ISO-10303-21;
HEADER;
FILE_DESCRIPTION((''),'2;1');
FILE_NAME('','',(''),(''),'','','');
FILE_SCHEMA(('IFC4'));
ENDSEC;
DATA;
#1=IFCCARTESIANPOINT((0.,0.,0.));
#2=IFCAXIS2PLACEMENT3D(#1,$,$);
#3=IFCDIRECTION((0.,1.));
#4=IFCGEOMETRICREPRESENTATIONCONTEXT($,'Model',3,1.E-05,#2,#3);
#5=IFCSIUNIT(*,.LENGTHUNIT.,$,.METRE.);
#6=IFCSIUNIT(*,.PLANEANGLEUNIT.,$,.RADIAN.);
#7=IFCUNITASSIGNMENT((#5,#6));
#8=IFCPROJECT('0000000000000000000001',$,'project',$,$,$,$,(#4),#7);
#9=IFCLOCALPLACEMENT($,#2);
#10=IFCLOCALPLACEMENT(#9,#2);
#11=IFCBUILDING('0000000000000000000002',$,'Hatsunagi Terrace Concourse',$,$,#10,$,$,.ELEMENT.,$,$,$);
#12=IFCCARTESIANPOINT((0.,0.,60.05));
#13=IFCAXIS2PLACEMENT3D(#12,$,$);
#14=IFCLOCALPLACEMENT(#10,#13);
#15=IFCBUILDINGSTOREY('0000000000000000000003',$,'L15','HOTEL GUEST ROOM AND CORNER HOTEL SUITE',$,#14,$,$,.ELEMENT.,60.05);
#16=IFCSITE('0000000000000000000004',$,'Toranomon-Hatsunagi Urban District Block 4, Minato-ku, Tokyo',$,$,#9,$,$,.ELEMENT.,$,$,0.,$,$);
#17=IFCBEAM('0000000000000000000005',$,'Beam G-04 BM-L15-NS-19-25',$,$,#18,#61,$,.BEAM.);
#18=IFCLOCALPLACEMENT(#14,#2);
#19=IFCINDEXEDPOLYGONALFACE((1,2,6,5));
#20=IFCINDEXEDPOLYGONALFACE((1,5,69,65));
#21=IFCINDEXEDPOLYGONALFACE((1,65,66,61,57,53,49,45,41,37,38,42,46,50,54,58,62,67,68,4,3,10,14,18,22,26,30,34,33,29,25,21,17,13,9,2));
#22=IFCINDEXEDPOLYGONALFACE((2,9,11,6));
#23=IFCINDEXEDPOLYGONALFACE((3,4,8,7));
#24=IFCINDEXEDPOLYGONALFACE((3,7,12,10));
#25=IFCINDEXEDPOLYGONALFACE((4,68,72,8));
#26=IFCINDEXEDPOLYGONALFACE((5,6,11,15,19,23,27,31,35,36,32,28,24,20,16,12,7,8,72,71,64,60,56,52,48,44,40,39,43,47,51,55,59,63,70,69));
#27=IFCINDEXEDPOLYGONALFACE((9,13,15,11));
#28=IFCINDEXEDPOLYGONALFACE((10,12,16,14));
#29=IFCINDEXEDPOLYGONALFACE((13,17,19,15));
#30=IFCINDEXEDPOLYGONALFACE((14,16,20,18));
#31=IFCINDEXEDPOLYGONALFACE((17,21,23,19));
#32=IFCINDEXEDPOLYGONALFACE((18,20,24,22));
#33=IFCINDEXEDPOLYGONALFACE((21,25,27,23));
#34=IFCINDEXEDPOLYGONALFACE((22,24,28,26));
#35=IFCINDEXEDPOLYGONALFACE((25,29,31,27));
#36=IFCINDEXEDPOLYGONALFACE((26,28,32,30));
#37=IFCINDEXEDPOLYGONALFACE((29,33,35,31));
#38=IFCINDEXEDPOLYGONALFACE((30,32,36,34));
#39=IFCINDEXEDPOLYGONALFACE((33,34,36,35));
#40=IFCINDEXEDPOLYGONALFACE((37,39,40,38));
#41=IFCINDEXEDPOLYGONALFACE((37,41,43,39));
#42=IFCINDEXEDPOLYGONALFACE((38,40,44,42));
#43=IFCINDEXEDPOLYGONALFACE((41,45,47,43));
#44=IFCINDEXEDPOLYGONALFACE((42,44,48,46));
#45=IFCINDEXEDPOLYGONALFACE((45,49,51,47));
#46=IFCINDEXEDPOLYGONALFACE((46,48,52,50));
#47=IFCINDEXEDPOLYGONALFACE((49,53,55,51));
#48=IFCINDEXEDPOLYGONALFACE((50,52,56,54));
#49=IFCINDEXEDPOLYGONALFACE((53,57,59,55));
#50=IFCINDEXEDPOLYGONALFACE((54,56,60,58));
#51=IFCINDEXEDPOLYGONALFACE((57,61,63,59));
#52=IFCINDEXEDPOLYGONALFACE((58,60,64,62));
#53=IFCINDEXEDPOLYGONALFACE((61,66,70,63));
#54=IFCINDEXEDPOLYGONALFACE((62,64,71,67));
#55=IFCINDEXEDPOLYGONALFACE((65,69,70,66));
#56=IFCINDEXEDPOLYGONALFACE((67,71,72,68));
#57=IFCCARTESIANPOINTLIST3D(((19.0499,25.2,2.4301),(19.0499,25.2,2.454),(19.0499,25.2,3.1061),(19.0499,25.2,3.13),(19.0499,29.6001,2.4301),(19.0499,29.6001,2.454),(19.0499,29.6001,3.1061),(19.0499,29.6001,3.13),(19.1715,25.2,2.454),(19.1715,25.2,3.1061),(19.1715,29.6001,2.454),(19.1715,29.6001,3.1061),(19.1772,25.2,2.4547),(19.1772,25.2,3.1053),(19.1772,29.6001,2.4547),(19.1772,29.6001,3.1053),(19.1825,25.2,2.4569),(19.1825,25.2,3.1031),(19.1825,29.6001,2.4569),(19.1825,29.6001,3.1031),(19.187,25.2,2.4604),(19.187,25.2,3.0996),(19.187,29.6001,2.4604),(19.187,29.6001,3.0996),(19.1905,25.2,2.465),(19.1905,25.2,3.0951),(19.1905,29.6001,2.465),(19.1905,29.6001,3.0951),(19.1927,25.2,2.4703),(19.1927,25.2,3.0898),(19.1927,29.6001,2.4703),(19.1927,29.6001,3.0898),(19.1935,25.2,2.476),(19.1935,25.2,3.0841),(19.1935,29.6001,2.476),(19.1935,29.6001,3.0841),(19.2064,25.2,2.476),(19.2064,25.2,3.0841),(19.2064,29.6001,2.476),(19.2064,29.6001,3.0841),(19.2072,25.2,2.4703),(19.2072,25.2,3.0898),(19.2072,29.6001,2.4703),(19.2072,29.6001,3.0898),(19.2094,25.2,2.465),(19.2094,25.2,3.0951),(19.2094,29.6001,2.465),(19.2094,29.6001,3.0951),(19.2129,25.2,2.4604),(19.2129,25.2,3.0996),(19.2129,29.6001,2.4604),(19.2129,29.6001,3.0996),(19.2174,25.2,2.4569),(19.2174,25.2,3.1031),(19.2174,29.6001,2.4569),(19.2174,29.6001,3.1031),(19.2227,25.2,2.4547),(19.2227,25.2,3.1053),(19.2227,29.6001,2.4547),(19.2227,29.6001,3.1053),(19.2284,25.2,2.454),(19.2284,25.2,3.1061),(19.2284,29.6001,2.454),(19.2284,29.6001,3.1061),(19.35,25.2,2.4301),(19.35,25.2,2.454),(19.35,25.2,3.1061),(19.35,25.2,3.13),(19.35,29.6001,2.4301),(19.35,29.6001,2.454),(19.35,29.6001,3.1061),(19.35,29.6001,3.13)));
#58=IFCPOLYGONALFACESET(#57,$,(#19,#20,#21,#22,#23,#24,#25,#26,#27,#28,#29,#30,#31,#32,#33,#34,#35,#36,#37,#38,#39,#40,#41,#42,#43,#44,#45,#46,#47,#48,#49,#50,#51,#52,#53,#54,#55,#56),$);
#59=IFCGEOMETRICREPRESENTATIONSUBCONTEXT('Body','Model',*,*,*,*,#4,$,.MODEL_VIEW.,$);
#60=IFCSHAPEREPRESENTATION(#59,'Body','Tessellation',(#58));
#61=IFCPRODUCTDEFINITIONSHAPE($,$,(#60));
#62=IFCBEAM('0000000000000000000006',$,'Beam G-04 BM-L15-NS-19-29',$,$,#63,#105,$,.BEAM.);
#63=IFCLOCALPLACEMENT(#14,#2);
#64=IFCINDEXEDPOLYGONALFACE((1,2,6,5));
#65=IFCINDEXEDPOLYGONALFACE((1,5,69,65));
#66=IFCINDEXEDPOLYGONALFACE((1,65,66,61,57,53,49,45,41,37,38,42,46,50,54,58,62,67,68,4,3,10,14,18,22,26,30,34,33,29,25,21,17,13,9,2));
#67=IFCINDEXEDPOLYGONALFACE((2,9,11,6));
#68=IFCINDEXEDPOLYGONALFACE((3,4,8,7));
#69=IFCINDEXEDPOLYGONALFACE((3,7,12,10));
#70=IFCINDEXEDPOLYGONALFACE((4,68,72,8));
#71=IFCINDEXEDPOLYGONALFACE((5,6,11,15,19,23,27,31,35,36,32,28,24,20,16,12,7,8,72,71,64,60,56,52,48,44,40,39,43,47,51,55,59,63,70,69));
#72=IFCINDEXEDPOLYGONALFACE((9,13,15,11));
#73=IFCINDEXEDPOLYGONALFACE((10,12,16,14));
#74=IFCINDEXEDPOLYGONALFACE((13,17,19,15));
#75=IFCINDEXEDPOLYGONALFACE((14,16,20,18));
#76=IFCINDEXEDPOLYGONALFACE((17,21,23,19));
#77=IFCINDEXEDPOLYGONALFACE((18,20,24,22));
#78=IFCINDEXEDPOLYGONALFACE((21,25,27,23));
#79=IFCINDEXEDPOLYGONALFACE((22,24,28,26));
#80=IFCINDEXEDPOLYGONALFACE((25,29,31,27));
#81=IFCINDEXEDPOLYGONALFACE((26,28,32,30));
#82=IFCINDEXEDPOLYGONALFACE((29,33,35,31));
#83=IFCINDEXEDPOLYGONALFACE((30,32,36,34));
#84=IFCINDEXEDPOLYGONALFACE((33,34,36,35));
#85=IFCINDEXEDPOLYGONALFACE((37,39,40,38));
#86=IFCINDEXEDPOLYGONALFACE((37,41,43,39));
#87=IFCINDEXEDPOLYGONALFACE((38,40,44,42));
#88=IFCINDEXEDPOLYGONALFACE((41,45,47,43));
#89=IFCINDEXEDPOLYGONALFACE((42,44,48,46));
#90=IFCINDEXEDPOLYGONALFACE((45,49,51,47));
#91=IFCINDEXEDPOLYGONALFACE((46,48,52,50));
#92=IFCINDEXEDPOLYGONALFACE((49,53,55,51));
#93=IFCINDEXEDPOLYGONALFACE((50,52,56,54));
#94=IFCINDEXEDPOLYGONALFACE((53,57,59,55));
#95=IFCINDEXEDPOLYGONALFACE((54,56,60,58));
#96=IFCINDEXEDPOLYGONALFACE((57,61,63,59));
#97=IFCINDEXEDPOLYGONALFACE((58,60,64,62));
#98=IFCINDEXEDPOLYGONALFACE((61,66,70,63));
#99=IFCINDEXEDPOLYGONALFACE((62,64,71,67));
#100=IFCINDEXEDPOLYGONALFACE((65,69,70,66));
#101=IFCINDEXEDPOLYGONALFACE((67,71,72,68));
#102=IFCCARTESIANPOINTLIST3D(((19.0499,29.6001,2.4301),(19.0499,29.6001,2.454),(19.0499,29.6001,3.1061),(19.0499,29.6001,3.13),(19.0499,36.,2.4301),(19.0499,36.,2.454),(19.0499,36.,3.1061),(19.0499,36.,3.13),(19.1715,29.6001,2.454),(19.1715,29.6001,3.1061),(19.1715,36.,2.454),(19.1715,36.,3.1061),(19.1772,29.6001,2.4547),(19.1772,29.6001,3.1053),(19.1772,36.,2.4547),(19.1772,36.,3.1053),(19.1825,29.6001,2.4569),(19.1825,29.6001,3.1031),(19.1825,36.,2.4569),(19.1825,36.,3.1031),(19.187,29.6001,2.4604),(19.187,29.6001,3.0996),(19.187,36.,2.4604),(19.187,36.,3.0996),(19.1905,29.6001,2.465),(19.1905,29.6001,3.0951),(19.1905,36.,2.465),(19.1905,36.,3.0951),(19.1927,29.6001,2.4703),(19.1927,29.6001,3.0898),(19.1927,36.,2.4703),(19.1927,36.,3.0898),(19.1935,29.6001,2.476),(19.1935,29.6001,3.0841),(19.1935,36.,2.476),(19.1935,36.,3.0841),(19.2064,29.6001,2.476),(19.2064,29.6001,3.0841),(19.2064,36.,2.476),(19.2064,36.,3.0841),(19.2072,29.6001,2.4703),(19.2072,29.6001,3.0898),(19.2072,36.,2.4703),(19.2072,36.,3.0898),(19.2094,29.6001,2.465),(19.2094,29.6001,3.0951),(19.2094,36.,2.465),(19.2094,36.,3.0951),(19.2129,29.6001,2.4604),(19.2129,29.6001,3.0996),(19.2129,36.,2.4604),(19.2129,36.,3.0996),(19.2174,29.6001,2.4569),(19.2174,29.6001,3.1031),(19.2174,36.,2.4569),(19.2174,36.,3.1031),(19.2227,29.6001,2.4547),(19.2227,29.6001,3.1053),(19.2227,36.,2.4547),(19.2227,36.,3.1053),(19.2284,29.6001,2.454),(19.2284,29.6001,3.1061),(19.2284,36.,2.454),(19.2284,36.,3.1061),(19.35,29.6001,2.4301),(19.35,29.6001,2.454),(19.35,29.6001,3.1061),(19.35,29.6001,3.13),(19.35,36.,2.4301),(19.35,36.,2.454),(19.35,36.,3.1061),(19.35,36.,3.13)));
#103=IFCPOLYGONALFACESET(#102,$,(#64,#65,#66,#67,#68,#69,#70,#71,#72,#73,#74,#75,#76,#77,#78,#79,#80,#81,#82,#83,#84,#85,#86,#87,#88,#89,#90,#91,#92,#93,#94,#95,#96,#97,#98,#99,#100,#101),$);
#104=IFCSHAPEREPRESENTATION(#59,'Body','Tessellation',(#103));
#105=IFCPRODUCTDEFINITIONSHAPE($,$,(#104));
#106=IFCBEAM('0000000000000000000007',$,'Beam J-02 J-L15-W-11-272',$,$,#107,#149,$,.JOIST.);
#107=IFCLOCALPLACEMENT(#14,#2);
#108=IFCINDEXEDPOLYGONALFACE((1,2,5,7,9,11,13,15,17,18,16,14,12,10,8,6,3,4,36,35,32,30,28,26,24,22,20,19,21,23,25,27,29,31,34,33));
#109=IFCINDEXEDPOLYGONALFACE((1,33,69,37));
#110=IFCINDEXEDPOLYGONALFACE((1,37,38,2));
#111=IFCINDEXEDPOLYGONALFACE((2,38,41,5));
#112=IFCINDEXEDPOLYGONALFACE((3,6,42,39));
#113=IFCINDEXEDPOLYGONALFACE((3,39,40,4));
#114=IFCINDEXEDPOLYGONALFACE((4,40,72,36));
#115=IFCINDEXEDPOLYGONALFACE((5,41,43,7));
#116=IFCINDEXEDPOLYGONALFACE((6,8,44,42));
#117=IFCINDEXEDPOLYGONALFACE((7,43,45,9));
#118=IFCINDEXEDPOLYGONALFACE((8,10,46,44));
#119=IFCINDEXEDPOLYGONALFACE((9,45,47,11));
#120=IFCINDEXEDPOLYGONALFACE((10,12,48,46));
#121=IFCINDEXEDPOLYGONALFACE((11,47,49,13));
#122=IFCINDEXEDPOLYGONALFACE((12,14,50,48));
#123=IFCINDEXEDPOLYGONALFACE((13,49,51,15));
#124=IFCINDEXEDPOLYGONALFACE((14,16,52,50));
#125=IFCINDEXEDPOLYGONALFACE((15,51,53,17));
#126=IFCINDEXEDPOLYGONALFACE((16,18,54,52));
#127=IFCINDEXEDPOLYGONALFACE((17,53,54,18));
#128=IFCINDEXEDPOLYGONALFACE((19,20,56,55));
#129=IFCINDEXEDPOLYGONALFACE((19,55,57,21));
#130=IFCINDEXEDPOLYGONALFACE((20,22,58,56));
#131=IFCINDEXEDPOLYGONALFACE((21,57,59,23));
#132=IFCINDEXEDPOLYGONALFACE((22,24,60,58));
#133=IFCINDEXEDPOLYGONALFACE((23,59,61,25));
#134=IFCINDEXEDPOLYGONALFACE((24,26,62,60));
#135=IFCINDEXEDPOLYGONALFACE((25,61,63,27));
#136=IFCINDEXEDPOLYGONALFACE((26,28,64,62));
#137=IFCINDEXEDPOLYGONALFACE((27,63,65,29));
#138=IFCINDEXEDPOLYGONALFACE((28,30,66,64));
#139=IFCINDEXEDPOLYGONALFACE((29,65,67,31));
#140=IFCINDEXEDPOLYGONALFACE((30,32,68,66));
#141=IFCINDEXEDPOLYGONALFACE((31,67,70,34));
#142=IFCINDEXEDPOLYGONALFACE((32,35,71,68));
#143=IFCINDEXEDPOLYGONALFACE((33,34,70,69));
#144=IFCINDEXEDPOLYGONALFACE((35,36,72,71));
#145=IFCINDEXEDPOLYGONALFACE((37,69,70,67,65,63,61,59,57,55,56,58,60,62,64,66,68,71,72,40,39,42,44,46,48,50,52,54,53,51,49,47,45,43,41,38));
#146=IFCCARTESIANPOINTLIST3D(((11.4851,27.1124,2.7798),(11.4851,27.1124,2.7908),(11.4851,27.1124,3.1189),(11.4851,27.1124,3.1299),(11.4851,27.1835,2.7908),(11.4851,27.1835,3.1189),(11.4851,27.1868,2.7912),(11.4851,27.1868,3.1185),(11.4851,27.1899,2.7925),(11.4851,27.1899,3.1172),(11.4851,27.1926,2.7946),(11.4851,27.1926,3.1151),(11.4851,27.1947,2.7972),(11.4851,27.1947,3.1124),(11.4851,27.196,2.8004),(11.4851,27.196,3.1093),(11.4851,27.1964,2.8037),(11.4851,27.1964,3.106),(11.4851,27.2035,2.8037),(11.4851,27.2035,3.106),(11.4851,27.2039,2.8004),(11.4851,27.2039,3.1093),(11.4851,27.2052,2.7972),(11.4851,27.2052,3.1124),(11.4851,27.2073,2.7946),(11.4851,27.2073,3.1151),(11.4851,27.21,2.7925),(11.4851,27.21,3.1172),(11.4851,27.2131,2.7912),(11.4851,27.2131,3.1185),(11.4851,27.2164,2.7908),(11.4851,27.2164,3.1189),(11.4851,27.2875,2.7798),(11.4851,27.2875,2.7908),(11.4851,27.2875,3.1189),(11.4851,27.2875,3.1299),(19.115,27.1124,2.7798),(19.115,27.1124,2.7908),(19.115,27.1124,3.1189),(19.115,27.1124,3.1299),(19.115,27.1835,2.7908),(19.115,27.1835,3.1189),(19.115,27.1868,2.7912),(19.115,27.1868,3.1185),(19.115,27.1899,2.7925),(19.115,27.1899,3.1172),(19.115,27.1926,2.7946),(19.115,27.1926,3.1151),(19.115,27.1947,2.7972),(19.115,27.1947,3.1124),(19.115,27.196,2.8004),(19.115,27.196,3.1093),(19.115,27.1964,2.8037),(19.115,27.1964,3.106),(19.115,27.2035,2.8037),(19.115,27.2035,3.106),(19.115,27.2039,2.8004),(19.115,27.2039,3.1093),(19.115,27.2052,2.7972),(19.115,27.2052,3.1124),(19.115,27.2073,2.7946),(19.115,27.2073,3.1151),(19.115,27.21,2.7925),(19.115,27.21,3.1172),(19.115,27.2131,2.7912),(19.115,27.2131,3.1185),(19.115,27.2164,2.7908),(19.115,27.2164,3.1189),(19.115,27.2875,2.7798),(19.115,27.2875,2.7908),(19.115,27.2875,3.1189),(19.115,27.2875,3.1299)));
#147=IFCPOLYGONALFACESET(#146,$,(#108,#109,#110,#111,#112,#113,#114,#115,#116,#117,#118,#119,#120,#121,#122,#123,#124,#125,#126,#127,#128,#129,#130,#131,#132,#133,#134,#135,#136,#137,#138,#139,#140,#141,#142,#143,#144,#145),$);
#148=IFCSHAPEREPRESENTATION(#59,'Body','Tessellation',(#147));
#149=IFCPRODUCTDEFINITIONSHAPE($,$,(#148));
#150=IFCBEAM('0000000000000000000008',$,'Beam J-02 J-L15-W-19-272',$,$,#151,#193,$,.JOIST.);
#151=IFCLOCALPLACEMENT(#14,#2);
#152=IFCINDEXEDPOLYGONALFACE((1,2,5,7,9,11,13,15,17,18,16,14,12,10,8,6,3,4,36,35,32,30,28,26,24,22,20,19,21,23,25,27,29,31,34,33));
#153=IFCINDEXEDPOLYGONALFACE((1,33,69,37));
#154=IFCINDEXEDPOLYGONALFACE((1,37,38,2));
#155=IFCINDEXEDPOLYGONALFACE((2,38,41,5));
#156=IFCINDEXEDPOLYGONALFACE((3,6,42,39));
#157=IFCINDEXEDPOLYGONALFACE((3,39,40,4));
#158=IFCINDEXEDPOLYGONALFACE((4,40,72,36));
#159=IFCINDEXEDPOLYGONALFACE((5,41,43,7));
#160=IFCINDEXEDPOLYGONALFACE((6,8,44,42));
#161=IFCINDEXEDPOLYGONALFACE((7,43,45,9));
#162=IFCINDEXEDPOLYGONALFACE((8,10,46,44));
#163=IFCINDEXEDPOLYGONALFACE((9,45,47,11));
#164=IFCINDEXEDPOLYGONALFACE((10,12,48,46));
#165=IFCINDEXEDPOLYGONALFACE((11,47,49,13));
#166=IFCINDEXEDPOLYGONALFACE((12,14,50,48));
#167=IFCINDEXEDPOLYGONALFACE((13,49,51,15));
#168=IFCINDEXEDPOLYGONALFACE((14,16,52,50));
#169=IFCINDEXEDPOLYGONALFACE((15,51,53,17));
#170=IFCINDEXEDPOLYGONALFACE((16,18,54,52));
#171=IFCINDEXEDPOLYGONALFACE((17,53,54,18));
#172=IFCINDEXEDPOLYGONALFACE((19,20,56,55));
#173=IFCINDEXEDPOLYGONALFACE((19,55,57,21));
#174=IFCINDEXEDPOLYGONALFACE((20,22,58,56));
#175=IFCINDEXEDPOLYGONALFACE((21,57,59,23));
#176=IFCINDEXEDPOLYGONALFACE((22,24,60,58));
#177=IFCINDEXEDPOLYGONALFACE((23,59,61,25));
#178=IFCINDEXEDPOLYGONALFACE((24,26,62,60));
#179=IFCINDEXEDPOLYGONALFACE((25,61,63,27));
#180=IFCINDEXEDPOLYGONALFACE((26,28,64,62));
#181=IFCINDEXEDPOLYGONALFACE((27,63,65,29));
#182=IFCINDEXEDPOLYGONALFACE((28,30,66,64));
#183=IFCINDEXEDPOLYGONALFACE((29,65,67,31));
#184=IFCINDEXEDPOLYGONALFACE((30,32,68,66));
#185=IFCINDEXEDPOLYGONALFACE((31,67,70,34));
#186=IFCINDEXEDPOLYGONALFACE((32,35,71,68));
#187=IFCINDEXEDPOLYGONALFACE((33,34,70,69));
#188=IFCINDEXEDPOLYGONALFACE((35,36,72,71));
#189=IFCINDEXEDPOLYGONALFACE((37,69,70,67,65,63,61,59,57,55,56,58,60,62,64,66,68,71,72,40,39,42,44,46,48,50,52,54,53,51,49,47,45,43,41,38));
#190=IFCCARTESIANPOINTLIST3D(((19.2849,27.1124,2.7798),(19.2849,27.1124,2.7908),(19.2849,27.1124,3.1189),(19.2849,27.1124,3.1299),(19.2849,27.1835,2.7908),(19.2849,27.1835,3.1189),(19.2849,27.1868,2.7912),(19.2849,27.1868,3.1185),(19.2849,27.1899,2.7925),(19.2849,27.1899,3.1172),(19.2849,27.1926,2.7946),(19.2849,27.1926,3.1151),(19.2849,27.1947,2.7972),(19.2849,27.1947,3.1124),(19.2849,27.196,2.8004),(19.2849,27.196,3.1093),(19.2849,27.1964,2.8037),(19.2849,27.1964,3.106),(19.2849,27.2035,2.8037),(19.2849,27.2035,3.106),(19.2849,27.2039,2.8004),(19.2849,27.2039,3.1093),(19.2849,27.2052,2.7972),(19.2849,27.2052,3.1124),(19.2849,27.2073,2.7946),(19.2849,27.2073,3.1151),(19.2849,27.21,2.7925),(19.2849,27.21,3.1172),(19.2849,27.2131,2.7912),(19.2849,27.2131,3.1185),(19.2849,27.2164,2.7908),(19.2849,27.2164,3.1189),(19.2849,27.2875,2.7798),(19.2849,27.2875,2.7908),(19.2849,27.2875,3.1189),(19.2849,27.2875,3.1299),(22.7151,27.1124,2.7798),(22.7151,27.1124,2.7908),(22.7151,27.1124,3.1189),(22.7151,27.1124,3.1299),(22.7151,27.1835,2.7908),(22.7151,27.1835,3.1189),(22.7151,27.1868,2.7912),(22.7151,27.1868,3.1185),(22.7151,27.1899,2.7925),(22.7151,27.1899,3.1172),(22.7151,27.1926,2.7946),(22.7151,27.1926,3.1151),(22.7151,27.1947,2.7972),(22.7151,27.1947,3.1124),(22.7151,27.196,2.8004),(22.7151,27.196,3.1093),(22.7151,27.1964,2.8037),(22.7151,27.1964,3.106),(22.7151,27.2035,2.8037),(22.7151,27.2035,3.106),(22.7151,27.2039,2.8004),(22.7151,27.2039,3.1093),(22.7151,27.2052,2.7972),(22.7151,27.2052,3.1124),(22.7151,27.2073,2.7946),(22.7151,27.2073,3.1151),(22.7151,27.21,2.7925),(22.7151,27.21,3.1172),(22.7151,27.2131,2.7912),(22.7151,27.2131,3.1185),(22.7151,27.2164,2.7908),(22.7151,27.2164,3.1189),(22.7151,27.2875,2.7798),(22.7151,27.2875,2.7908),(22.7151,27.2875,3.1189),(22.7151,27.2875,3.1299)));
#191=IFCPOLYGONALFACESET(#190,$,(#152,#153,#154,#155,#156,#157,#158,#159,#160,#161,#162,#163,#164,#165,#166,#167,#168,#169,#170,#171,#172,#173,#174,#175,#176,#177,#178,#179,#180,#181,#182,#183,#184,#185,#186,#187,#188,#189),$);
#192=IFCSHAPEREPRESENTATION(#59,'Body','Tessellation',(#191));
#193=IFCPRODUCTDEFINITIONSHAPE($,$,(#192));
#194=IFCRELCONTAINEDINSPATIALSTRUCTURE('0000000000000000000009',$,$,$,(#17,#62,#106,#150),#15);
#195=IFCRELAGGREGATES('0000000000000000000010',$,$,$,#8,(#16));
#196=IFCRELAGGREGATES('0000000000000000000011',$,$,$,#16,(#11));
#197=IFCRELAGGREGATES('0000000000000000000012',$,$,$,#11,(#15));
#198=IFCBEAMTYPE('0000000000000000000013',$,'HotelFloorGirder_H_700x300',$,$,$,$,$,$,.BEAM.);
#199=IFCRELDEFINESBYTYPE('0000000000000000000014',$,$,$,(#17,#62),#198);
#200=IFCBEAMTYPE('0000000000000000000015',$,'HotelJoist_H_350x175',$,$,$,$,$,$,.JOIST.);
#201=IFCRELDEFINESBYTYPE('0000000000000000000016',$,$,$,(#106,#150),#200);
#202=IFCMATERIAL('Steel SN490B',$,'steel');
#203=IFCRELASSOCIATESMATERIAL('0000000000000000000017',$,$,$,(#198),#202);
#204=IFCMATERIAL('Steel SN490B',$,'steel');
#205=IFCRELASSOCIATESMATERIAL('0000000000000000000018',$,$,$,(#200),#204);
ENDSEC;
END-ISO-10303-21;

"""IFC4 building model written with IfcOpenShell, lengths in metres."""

from ifc_helpers import new_model, si_unit, direction, frame, origin, origin_2d, place, context, subcontext, project, spatial, i_section, extrude, material, material_profile, profile_set, type_object, element, save


model = new_model("IFC4")

# Units and contexts
model_context = context("Model", 3, precision=1e-05, world=origin(), true_north=direction((0.0, 1.0)))
body_context = subcontext(model_context, "Body", "Model", "MODEL_VIEW")
ifc_project = project(units=[si_unit("LENGTHUNIT", "METRE"), si_unit("PLANEANGLEUNIT", "RADIAN")], contexts=[model_context])

# Site, building, storey
site_placement = place(None, origin())
site = spatial("IfcSite", under=ifc_project, at=site_placement, Name="Toranomon-Hatsunagi Urban District Block 4, Minato-ku, Tokyo", CompositionType="ELEMENT", RefElevation=0.0)
building_placement = place(site_placement, origin())
building = spatial("IfcBuilding", under=site, at=building_placement, Name="Hatsunagi Terrace Concourse", CompositionType="ELEMENT")
storey_placement = place(building_placement, frame((0.0, 0.0, 60.05)))
storey = spatial("IfcBuildingStorey", under=building, at=storey_placement, Name="L15", Description="HOTEL GUEST ROOM AND CORNER HOTEL SUITE", CompositionType="ELEMENT", Elevation=60.05)

# Beams
ifc_material_1 = material(Name="Steel SN490B", Category="steel")
ifc_material_profile_1 = material_profile(ifc_material_1, i_section(OverallWidth=0.3, OverallDepth=0.7, WebThickness=0.0129, FlangeThickness=0.0239, FilletRadius=0.022, at=origin_2d()), Name="H-700x300x13x24")
ifc_profile_set_1 = profile_set([ifc_material_profile_1], Name="Steel SN490B")
beam_type_1 = type_object("IfcBeamType", Name="HotelFloorGirder_H_700x300", PredefinedType="BEAM", material=ifc_profile_set_1)
beam_1_placement = place(storey_placement, frame((19.2, 25.2, 2.78), z_axis=(0.0, 1.0, 0.0), x_axis=(-1.0, 0.0, 0.0)))
element("IfcBeam", 1, at=beam_1_placement, inside=storey, type_object=beam_type_1, Name="Beam G-04 BM-L15-NS-19-25", PredefinedType="BEAM", context=body_context, shape_type="SweptSolid", body=[
    extrude(i_section(OverallWidth=0.3, OverallDepth=0.7, WebThickness=0.0129, FlangeThickness=0.0239, FilletRadius=0.022, at=origin_2d()), origin(), (0.0, 0.0, 1.0), 4.4001),
])
beam_2_placement = place(storey_placement, frame((19.2, 29.6001, 2.78), z_axis=(0.0, 1.0, 0.0), x_axis=(-1.0, 0.0, 0.0)))
element("IfcBeam", 2, at=beam_2_placement, inside=storey, type_object=beam_type_1, Name="Beam G-04 BM-L15-NS-19-29", PredefinedType="BEAM", context=body_context, shape_type="SweptSolid", body=[
    extrude(i_section(OverallWidth=0.3, OverallDepth=0.7, WebThickness=0.0129, FlangeThickness=0.0239, FilletRadius=0.022, at=origin_2d()), origin(), (0.0, 0.0, 1.0), 6.3999),
])
ifc_material_2 = material(Name="Steel SN490B", Category="steel")
ifc_material_profile_2 = material_profile(ifc_material_2, i_section(OverallWidth=0.175, OverallDepth=0.3501, WebThickness=0.0071, FlangeThickness=0.011, FilletRadius=0.0129, at=origin_2d()), Name="H-350x175x7x11")
ifc_profile_set_2 = profile_set([ifc_material_profile_2], Name="Steel SN490B")
beam_type_2 = type_object("IfcBeamType", Name="HotelJoist_H_350x175", PredefinedType="JOIST", material=ifc_profile_set_2)
beam_3_placement = place(storey_placement, frame((11.4851, 27.2, 2.9548), z_axis=(1.0, 0.0, 0.0), x_axis=(0.0, 1.0, 0.0)))
element("IfcBeam", 3, at=beam_3_placement, inside=storey, type_object=beam_type_2, Name="Beam J-02 J-L15-W-11-272", PredefinedType="JOIST", context=body_context, shape_type="SweptSolid", body=[
    extrude(i_section(OverallWidth=0.175, OverallDepth=0.3501, WebThickness=0.0071, FlangeThickness=0.011, FilletRadius=0.0129, at=origin_2d()), origin(), (0.0, 0.0, 1.0), 7.6299),
])
beam_4_placement = place(storey_placement, frame((19.2849, 27.2, 2.9548), z_axis=(1.0, 0.0, 0.0), x_axis=(0.0, 1.0, 0.0)))
element("IfcBeam", 4, at=beam_4_placement, inside=storey, type_object=beam_type_2, Name="Beam J-02 J-L15-W-19-272", PredefinedType="JOIST", context=body_context, shape_type="SweptSolid", body=[
    extrude(i_section(OverallWidth=0.175, OverallDepth=0.3501, WebThickness=0.0071, FlangeThickness=0.011, FilletRadius=0.0129, at=origin_2d()), origin(), (0.0, 0.0, 1.0), 3.4302),
])

save(model, "model.ifc")
